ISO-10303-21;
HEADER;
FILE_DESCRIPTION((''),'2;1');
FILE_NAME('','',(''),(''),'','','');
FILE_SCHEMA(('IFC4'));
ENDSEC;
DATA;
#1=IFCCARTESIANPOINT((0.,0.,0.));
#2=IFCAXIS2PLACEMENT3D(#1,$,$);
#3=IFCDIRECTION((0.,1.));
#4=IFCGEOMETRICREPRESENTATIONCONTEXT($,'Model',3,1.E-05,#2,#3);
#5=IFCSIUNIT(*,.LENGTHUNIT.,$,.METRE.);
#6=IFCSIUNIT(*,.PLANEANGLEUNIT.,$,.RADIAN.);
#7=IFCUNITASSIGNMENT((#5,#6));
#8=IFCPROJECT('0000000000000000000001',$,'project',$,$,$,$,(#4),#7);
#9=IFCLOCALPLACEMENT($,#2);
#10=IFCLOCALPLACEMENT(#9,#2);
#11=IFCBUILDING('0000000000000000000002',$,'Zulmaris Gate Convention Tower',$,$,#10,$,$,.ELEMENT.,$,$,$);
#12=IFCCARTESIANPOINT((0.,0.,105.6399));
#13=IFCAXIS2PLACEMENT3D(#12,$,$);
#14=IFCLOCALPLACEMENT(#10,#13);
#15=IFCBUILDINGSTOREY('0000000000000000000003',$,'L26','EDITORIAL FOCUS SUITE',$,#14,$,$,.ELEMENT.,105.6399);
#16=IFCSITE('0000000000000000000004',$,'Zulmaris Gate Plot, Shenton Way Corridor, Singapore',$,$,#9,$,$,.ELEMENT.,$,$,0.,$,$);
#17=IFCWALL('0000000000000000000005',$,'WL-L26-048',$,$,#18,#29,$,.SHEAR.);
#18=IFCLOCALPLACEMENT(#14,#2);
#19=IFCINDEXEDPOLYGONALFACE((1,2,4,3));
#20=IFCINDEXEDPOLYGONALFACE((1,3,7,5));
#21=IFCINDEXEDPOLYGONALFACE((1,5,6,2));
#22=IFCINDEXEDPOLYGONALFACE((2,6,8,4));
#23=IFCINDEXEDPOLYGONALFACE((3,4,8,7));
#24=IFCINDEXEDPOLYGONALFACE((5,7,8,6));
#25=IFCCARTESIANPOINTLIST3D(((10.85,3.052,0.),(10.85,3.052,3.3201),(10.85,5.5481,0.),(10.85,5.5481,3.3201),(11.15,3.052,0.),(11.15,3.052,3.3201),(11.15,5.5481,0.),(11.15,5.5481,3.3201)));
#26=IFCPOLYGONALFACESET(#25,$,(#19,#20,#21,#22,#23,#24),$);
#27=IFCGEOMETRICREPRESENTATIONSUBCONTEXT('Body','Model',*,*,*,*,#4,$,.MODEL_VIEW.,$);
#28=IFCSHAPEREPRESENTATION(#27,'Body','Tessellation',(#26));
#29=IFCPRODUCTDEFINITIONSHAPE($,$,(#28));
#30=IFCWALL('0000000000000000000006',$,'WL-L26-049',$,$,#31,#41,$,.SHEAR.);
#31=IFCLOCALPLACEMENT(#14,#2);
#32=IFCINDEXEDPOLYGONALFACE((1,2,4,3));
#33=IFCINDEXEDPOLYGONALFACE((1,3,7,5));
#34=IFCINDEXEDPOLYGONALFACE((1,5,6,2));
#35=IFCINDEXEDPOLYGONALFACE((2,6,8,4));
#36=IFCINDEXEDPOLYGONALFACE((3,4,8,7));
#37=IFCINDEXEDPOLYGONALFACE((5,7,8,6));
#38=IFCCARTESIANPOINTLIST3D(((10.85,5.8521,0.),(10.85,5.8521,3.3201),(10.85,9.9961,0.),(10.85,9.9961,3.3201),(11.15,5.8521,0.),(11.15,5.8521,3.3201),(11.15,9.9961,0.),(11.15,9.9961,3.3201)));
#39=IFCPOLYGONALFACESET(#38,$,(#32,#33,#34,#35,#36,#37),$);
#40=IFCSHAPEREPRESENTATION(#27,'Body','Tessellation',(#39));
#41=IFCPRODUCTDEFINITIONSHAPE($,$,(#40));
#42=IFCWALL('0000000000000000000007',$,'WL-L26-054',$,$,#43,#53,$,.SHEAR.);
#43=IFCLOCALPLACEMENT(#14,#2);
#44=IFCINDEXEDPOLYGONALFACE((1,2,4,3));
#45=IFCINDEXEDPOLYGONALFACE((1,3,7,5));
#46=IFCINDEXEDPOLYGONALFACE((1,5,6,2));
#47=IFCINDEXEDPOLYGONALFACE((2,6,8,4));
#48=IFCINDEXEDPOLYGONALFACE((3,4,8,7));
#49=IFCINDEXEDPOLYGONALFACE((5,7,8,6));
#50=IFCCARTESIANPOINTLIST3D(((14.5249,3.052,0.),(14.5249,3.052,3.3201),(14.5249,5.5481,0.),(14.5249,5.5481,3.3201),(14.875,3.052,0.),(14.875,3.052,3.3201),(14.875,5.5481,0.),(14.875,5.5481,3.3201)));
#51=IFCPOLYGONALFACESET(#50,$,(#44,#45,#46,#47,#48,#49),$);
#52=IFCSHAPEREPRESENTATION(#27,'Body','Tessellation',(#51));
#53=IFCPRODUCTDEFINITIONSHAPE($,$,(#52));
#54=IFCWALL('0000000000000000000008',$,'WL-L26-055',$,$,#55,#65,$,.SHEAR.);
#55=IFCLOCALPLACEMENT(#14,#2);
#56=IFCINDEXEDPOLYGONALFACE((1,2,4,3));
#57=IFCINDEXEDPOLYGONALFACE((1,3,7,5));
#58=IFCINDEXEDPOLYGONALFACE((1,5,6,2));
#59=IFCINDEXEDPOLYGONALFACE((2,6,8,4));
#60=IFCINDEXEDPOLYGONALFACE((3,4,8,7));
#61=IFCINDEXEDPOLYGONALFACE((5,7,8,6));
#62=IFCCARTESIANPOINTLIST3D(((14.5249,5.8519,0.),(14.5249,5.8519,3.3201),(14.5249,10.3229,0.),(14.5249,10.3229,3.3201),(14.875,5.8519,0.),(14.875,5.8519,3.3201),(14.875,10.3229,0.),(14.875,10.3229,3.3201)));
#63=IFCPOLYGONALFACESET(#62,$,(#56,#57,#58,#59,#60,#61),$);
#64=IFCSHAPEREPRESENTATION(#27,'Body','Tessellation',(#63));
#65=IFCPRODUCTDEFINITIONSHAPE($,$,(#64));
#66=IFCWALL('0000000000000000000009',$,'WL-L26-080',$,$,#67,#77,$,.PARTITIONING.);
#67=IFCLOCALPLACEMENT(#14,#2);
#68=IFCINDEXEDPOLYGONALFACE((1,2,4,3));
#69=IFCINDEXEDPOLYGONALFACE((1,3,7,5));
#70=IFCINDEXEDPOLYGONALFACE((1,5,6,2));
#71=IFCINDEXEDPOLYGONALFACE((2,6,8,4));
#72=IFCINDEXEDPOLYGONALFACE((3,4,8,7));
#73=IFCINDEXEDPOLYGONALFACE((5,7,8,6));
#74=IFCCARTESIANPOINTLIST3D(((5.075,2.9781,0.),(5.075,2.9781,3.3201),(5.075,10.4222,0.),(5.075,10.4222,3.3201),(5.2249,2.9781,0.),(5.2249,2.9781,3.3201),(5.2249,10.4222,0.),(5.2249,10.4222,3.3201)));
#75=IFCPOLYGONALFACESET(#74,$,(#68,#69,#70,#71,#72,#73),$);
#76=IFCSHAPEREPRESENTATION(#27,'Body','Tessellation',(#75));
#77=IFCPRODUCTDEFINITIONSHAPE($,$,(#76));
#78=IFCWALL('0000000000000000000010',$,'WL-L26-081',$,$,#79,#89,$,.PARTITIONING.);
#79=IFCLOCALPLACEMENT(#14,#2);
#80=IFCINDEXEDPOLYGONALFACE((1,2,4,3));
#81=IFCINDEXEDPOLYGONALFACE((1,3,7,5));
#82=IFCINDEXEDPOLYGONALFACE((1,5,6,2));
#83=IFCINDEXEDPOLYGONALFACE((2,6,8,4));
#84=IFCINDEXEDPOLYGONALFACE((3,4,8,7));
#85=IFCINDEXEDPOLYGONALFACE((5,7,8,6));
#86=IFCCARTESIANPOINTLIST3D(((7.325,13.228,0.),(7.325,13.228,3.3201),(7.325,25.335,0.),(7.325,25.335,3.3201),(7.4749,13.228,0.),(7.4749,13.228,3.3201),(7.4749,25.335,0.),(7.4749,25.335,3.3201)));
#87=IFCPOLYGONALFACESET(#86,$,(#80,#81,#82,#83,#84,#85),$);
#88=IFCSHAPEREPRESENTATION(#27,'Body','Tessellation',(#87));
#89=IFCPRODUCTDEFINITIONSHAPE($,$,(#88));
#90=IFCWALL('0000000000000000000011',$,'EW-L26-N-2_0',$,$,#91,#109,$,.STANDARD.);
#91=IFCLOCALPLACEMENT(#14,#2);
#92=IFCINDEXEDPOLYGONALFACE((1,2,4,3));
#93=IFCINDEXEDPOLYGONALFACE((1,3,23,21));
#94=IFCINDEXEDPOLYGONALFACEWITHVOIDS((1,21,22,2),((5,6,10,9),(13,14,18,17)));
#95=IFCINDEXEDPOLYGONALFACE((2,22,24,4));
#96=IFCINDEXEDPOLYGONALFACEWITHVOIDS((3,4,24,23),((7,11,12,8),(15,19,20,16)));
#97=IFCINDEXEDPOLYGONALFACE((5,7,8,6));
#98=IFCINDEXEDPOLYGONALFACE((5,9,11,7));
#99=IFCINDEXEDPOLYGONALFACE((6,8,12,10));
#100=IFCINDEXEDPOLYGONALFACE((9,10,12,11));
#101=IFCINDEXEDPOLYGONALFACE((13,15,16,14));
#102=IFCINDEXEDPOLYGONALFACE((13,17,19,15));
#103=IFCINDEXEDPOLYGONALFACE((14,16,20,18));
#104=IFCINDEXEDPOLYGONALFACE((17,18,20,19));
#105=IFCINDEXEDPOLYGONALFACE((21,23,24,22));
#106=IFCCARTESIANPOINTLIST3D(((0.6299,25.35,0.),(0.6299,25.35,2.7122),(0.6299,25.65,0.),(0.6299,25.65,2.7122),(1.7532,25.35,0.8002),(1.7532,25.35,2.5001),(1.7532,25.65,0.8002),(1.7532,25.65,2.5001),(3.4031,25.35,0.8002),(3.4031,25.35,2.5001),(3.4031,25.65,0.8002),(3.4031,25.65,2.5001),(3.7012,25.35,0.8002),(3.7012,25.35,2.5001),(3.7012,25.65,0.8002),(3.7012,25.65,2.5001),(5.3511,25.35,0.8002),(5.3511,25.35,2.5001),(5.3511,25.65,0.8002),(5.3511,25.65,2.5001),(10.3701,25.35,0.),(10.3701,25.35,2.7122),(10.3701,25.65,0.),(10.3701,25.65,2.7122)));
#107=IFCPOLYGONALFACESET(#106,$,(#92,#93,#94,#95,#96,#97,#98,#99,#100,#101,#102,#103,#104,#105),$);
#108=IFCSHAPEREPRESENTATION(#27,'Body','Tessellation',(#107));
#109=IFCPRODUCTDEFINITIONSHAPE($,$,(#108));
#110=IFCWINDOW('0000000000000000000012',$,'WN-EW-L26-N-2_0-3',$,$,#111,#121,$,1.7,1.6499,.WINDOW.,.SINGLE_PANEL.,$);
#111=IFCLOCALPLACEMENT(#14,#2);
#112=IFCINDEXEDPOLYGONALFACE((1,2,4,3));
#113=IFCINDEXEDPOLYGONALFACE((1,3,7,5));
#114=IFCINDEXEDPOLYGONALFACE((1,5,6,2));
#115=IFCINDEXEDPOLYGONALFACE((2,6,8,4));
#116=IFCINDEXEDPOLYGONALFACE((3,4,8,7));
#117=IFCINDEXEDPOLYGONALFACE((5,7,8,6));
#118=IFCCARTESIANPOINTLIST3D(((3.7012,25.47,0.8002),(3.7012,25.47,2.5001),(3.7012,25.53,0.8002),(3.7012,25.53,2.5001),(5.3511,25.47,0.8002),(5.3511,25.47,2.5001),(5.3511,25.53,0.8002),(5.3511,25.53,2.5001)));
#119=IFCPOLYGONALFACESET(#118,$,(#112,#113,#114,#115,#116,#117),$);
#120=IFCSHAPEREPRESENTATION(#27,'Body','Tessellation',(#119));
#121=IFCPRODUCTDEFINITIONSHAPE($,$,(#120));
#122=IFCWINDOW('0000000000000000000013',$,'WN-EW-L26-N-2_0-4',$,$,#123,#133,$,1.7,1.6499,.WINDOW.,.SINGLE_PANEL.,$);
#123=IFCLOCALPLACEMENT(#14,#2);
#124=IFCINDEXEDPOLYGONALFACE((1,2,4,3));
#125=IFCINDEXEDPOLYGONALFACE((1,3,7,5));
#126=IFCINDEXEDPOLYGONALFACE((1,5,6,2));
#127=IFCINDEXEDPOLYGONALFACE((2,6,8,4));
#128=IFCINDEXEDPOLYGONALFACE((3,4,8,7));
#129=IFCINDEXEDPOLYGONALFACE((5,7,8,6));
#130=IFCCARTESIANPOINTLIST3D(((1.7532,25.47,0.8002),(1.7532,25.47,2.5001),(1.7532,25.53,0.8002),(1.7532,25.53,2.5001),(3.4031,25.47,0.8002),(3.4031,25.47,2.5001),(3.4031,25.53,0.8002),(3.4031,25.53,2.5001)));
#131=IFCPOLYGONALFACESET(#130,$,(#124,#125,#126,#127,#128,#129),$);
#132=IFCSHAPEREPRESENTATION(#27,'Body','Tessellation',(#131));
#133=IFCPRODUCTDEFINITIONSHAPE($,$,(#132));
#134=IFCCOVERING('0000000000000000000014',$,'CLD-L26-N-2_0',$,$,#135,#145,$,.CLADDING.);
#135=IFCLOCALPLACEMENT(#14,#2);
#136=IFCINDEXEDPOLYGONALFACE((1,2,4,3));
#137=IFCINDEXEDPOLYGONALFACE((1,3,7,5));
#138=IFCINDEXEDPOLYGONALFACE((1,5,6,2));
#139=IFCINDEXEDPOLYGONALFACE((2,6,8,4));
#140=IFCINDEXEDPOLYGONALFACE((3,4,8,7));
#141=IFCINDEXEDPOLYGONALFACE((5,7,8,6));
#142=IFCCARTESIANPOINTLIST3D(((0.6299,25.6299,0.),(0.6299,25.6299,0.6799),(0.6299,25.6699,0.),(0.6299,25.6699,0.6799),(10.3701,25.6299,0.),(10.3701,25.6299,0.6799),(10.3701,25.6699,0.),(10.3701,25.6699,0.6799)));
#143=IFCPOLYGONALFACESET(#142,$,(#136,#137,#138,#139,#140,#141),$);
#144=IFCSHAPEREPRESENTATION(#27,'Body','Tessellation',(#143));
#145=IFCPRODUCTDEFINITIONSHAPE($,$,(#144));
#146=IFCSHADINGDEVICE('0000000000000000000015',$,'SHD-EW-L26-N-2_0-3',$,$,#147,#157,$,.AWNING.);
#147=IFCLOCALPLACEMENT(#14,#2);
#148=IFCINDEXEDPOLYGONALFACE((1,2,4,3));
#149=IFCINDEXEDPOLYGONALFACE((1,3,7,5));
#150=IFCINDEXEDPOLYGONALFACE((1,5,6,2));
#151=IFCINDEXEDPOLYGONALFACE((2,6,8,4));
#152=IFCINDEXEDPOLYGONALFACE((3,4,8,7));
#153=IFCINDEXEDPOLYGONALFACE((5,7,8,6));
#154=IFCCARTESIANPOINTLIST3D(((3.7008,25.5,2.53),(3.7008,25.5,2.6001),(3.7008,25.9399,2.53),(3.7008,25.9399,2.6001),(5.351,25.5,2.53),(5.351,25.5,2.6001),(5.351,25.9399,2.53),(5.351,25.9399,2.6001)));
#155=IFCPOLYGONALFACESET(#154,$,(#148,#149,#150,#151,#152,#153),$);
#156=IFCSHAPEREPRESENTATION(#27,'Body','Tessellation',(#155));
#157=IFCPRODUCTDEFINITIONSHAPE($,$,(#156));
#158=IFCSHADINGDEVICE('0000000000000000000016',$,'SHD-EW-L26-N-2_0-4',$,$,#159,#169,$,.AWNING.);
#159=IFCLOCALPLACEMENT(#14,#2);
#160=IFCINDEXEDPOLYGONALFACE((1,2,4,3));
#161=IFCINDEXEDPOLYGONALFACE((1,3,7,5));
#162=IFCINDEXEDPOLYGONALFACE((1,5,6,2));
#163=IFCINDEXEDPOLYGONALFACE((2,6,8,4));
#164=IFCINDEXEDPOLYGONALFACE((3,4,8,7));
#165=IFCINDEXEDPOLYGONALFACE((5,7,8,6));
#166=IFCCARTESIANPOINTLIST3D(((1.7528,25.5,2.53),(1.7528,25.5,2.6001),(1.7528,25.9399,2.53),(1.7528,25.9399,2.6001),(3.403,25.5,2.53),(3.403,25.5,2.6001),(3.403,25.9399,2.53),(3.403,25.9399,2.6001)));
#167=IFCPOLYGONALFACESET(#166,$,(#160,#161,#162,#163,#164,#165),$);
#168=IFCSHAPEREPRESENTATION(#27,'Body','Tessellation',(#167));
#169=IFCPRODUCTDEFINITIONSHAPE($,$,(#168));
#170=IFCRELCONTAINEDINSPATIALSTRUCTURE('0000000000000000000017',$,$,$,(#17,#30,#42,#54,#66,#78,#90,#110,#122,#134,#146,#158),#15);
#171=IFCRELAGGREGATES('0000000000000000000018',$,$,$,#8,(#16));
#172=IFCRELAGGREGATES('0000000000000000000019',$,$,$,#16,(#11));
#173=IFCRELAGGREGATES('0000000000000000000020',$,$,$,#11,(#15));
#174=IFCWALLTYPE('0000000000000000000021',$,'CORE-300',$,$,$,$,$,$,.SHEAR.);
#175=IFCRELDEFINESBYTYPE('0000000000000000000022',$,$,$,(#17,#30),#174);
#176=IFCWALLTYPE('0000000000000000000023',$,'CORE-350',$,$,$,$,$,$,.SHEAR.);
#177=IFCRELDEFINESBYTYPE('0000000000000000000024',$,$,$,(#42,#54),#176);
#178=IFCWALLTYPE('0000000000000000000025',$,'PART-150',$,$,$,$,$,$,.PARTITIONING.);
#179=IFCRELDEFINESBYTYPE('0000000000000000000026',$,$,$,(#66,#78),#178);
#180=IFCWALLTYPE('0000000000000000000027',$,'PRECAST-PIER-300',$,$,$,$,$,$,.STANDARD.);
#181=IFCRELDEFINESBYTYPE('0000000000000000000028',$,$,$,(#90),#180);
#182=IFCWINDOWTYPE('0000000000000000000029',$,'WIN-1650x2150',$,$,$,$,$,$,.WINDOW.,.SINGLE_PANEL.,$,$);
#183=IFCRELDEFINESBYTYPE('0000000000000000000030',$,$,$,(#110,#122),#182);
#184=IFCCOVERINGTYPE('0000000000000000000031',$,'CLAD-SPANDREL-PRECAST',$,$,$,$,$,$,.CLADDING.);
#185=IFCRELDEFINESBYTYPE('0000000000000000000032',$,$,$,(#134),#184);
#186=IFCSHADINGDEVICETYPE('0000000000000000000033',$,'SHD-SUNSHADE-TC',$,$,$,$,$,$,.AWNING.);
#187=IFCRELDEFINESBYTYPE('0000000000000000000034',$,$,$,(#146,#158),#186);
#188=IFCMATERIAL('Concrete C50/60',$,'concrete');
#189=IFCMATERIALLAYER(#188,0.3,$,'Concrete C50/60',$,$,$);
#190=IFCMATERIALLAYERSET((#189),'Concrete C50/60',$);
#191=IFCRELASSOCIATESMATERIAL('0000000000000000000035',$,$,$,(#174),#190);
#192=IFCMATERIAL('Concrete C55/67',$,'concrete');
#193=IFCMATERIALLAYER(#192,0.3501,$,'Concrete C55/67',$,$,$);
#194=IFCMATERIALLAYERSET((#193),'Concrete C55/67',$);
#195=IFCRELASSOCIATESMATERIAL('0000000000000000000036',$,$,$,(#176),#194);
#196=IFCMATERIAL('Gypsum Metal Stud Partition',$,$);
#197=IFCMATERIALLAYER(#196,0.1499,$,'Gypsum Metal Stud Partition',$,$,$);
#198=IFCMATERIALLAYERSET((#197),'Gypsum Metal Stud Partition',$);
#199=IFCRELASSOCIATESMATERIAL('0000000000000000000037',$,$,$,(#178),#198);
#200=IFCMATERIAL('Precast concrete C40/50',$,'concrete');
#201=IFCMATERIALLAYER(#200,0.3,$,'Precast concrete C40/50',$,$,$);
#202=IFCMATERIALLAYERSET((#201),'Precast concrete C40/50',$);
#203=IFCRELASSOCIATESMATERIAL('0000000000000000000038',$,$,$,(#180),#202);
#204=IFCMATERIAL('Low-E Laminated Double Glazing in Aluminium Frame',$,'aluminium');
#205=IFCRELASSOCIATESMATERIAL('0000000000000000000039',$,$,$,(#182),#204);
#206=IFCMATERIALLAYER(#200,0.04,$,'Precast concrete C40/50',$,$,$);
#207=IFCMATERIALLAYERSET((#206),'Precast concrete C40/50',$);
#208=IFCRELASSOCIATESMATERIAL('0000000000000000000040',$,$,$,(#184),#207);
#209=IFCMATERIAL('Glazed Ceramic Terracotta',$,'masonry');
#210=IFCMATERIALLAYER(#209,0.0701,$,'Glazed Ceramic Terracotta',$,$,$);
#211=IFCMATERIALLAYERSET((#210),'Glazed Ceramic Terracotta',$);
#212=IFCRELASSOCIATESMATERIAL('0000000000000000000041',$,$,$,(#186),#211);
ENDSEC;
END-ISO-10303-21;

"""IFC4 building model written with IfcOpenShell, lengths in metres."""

from ifc_helpers import new_model, si_unit, direction, frame, frame_2d, origin, place, context, subcontext, project, spatial, rectangle, extrude, material, layer, layer_set, type_object, element, fill, save


model = new_model("IFC4")

# Units and contexts
model_context = context("Model", 3, precision=1e-05, world=origin(), true_north=direction((0.0, 1.0)))
body_context = subcontext(model_context, "Body", "Model", "MODEL_VIEW")
ifc_project = project(units=[si_unit("LENGTHUNIT", "METRE"), si_unit("PLANEANGLEUNIT", "RADIAN")], contexts=[model_context])

# Site, building, storey
site_placement = place(None, origin())
site = spatial("IfcSite", under=ifc_project, at=site_placement, Name="Zulmaris Gate Plot, Shenton Way Corridor, Singapore", CompositionType="ELEMENT", RefElevation=0.0)
building_placement = place(site_placement, origin())
building = spatial("IfcBuilding", under=site, at=building_placement, Name="Zulmaris Gate Convention Tower", CompositionType="ELEMENT")
storey_placement = place(building_placement, frame((0.0, 0.0, 105.6399)))
storey = spatial("IfcBuildingStorey", under=building, at=storey_placement, Name="L26", Description="EDITORIAL FOCUS SUITE", CompositionType="ELEMENT", Elevation=105.6399)

# Shared definitions
ifc_material_1 = material(Name="Concrete C50/60", Category="concrete")
ifc_layer_1 = layer(ifc_material_1, 0.3, Name="Concrete C50/60")
ifc_layer_set_1 = layer_set([ifc_layer_1], Name="Concrete C50/60")
wall_type_1 = type_object("IfcWallType", Name="CORE-300", PredefinedType="SHEAR", material=ifc_layer_set_1)

# Walls
wall_1_placement = place(storey_placement, frame((11.0, 3.052, 0.0), z_axis=(0.0, 0.0, 1.0), x_axis=(0.0, 1.0, 0.0)))
element("IfcWall", 1, at=wall_1_placement, inside=storey, type_object=wall_type_1, Name="WL-L26-048", PredefinedType="SHEAR", context=body_context, shape_type="SweptSolid", body=[
    extrude(rectangle(XDim=2.4961, YDim=0.3, at=frame_2d((1.248, 0.0))), origin(), (0.0, 0.0, 1.0), 3.3201),
])
wall_2_placement = place(storey_placement, frame((11.0, 5.8521, 0.0), z_axis=(0.0, 0.0, 1.0), x_axis=(0.0, 1.0, 0.0)))
element("IfcWall", 2, at=wall_2_placement, inside=storey, type_object=wall_type_1, Name="WL-L26-049", PredefinedType="SHEAR", context=body_context, shape_type="SweptSolid", body=[
    extrude(rectangle(XDim=4.144, YDim=0.3, at=frame_2d((2.072, 0.0))), origin(), (0.0, 0.0, 1.0), 3.3201),
])

# Shared definitions
ifc_material_2 = material(Name="Concrete C55/67", Category="concrete")
ifc_layer_2 = layer(ifc_material_2, 0.3501, Name="Concrete C55/67")
ifc_layer_set_2 = layer_set([ifc_layer_2], Name="Concrete C55/67")
wall_type_2 = type_object("IfcWallType", Name="CORE-350", PredefinedType="SHEAR", material=ifc_layer_set_2)

# Walls
wall_3_placement = place(storey_placement, frame((14.7, 3.052, 0.0), z_axis=(0.0, 0.0, 1.0), x_axis=(0.0, 1.0, 0.0)))
element("IfcWall", 3, at=wall_3_placement, inside=storey, type_object=wall_type_2, Name="WL-L26-054", PredefinedType="SHEAR", context=body_context, shape_type="SweptSolid", body=[
    extrude(rectangle(XDim=2.4961, YDim=0.3501, at=frame_2d((1.248, 0.0))), origin(), (0.0, 0.0, 1.0), 3.3201),
])
wall_4_placement = place(storey_placement, frame((14.7, 5.8521, 0.0), z_axis=(0.0, 0.0, 1.0), x_axis=(0.0, 1.0, 0.0)))
element("IfcWall", 4, at=wall_4_placement, inside=storey, type_object=wall_type_2, Name="WL-L26-055", PredefinedType="SHEAR", context=body_context, shape_type="SweptSolid", body=[
    extrude(rectangle(XDim=4.4709, YDim=0.3501, at=frame_2d((2.2354, 0.0))), origin(), (0.0, 0.0, 1.0), 3.3201),
])
ifc_material_3 = material(Name="Gypsum Metal Stud Partition")
ifc_layer_3 = layer(ifc_material_3, 0.1499, Name="Gypsum Metal Stud Partition")
ifc_layer_set_3 = layer_set([ifc_layer_3], Name="Gypsum Metal Stud Partition")
wall_type_3 = type_object("IfcWallType", Name="PART-150", PredefinedType="PARTITIONING", material=ifc_layer_set_3)
wall_5_placement = place(storey_placement, frame((5.1499, 2.978, 0.0), z_axis=(0.0, 0.0, 1.0), x_axis=(0.0, 1.0, 0.0)))
element("IfcWall", 5, at=wall_5_placement, inside=storey, type_object=wall_type_3, Name="WL-L26-080", PredefinedType="PARTITIONING", context=body_context, shape_type="SweptSolid", body=[
    extrude(rectangle(XDim=7.4441, YDim=0.1499, at=frame_2d((3.7222, 0.0))), origin(), (0.0, 0.0, 1.0), 3.3201),
])
wall_6_placement = place(storey_placement, frame((7.3999, 13.228, 0.0), z_axis=(0.0, 0.0, 1.0), x_axis=(0.0, 1.0, 0.0)))
element("IfcWall", 6, at=wall_6_placement, inside=storey, type_object=wall_type_3, Name="WL-L26-081", PredefinedType="PARTITIONING", context=body_context, shape_type="SweptSolid", body=[
    extrude(rectangle(XDim=12.1069, YDim=0.1499, at=frame_2d((6.0535, 0.0))), origin(), (0.0, 0.0, 1.0), 3.3201),
])

# Wall, openings, windows
ifc_material_4 = material(Name="Precast concrete C40/50", Category="concrete")
ifc_layer_4 = layer(ifc_material_4, 0.3, Name="Precast concrete C40/50")
ifc_layer_set_4 = layer_set([ifc_layer_4], Name="Precast concrete C40/50")
wall_type_4 = type_object("IfcWallType", Name="PRECAST-PIER-300", PredefinedType="STANDARD", material=ifc_layer_set_4)
wall_7_placement = place(storey_placement, frame((10.3701, 25.5, 0.0), z_axis=(0.0, 0.0, 1.0), x_axis=(-1.0, 0.0, 0.0)))
wall_7 = element("IfcWall", 7, at=wall_7_placement, inside=storey, type_object=wall_type_4, Name="EW-L26-N-2_0", PredefinedType="STANDARD", context=body_context, shape_type="SweptSolid", body=[
    extrude(rectangle(XDim=9.7402, YDim=0.3, at=frame_2d((4.8701, 0.0))), origin(), (0.0, 0.0, 1.0), 2.7122),
])
opening_1_placement = place(wall_7_placement, frame((5.019, 0.0, 0.8)))
opening_1 = element("IfcOpeningElement", 8, at=opening_1_placement, cuts=wall_7, PredefinedType="OPENING", context=body_context, shape_type="SweptSolid", body=[
    extrude(rectangle(XDim=1.6499, YDim=1.7, at=frame_2d((0.825, 0.8501))), frame((0.0, 0.1602, 0.0), z_axis=(0.0, -1.0, 0.0), x_axis=(1.0, 0.0, 0.0)), (0.0, 0.0, 1.0), 0.3201),
])
opening_2_placement = place(wall_7_placement, frame((6.967, 0.0, 0.8)))
opening_2 = element("IfcOpeningElement", 9, at=opening_2_placement, cuts=wall_7, PredefinedType="OPENING", context=body_context, shape_type="SweptSolid", body=[
    extrude(rectangle(XDim=1.6499, YDim=1.7, at=frame_2d((0.825, 0.8501))), frame((0.0, 0.1602, 0.0), z_axis=(0.0, -1.0, 0.0), x_axis=(1.0, 0.0, 0.0)), (0.0, 0.0, 1.0), 0.3201),
])
ifc_material_5 = material(Name="Low-E Laminated Double Glazing in Aluminium Frame", Category="aluminium")
window_type = type_object("IfcWindowType", Name="WIN-1650x2150", PartitioningType="SINGLE_PANEL", PredefinedType="WINDOW", material=ifc_material_5)
window_1_placement = place(opening_1_placement, origin())
window_1 = element("IfcWindow", 10, at=window_1_placement, inside=storey, type_object=window_type, Name="WN-EW-L26-N-2_0-3", OverallHeight=1.7, OverallWidth=1.6499, PartitioningType="SINGLE_PANEL", PredefinedType="WINDOW", context=body_context, shape_type="SweptSolid", body=[
    extrude(rectangle(XDim=1.6499, YDim=1.7, at=frame_2d((0.825, 0.8501))), frame((0.0, 0.03, 0.0), z_axis=(0.0, -1.0, 0.0), x_axis=(1.0, 0.0, 0.0)), (0.0, 0.0, 1.0), 0.0601),
])
fill(opening_1, window_1)
window_2_placement = place(opening_2_placement, origin())
window_2 = element("IfcWindow", 11, at=window_2_placement, inside=storey, type_object=window_type, Name="WN-EW-L26-N-2_0-4", OverallHeight=1.7, OverallWidth=1.6499, PartitioningType="SINGLE_PANEL", PredefinedType="WINDOW", context=body_context, shape_type="SweptSolid", body=[
    extrude(rectangle(XDim=1.6499, YDim=1.7, at=frame_2d((0.825, 0.8501))), frame((0.0, 0.03, 0.0), z_axis=(0.0, -1.0, 0.0), x_axis=(1.0, 0.0, 0.0)), (0.0, 0.0, 1.0), 0.0601),
])
fill(opening_2, window_2)

# Covering
ifc_layer_5 = layer(ifc_material_4, 0.04, Name="Precast concrete C40/50")
ifc_layer_set_5 = layer_set([ifc_layer_5], Name="Precast concrete C40/50")
covering_type = type_object("IfcCoveringType", Name="CLAD-SPANDREL-PRECAST", PredefinedType="CLADDING", material=ifc_layer_set_5)
covering_placement = place(storey_placement, frame((10.3701, 25.6499, 0.0), z_axis=(0.0, 0.0, 1.0), x_axis=(-1.0, 0.0, 0.0)))
element("IfcCovering", 12, at=covering_placement, inside=storey, type_object=covering_type, Name="CLD-L26-N-2_0", PredefinedType="CLADDING", context=body_context, shape_type="SweptSolid", body=[
    extrude(rectangle(XDim=9.7402, YDim=0.04, at=frame_2d((4.8701, 0.0))), origin(), (0.0, 0.0, 1.0), 0.6799),
])

# Shading devices
ifc_material_6 = material(Name="Glazed Ceramic Terracotta", Category="masonry")
ifc_layer_6 = layer(ifc_material_6, 0.0701, Name="Glazed Ceramic Terracotta")
ifc_layer_set_6 = layer_set([ifc_layer_6], Name="Glazed Ceramic Terracotta")
shading_device_type = type_object("IfcShadingDeviceType", Name="SHD-SUNSHADE-TC", PredefinedType="AWNING", material=ifc_layer_set_6)
for number, where, z_axis, x_axis, name in (
    (13, (5.3511, 25.72, 2.53), (0.0, 0.0, 1.0), (-1.0, 0.0, 0.0), "SHD-EW-L26-N-2_0-3"),
    (14, (3.4031, 25.72, 2.53), (0.0, 0.0, 1.0), (-1.0, 0.0, 0.0), "SHD-EW-L26-N-2_0-4"),
):
    element("IfcShadingDevice", number, at=place(storey_placement, frame(where, z_axis=z_axis, x_axis=x_axis)), inside=storey, type_object=shading_device_type, Name=name, PredefinedType="AWNING", context=body_context, shape_type="SweptSolid", body=[
        extrude(rectangle(XDim=1.6501, YDim=0.4399, at=frame_2d((0.8252, 0.0))), origin(), (0.0, 0.0, 1.0), 0.0701),
    ])

save(model, "model.ifc")
